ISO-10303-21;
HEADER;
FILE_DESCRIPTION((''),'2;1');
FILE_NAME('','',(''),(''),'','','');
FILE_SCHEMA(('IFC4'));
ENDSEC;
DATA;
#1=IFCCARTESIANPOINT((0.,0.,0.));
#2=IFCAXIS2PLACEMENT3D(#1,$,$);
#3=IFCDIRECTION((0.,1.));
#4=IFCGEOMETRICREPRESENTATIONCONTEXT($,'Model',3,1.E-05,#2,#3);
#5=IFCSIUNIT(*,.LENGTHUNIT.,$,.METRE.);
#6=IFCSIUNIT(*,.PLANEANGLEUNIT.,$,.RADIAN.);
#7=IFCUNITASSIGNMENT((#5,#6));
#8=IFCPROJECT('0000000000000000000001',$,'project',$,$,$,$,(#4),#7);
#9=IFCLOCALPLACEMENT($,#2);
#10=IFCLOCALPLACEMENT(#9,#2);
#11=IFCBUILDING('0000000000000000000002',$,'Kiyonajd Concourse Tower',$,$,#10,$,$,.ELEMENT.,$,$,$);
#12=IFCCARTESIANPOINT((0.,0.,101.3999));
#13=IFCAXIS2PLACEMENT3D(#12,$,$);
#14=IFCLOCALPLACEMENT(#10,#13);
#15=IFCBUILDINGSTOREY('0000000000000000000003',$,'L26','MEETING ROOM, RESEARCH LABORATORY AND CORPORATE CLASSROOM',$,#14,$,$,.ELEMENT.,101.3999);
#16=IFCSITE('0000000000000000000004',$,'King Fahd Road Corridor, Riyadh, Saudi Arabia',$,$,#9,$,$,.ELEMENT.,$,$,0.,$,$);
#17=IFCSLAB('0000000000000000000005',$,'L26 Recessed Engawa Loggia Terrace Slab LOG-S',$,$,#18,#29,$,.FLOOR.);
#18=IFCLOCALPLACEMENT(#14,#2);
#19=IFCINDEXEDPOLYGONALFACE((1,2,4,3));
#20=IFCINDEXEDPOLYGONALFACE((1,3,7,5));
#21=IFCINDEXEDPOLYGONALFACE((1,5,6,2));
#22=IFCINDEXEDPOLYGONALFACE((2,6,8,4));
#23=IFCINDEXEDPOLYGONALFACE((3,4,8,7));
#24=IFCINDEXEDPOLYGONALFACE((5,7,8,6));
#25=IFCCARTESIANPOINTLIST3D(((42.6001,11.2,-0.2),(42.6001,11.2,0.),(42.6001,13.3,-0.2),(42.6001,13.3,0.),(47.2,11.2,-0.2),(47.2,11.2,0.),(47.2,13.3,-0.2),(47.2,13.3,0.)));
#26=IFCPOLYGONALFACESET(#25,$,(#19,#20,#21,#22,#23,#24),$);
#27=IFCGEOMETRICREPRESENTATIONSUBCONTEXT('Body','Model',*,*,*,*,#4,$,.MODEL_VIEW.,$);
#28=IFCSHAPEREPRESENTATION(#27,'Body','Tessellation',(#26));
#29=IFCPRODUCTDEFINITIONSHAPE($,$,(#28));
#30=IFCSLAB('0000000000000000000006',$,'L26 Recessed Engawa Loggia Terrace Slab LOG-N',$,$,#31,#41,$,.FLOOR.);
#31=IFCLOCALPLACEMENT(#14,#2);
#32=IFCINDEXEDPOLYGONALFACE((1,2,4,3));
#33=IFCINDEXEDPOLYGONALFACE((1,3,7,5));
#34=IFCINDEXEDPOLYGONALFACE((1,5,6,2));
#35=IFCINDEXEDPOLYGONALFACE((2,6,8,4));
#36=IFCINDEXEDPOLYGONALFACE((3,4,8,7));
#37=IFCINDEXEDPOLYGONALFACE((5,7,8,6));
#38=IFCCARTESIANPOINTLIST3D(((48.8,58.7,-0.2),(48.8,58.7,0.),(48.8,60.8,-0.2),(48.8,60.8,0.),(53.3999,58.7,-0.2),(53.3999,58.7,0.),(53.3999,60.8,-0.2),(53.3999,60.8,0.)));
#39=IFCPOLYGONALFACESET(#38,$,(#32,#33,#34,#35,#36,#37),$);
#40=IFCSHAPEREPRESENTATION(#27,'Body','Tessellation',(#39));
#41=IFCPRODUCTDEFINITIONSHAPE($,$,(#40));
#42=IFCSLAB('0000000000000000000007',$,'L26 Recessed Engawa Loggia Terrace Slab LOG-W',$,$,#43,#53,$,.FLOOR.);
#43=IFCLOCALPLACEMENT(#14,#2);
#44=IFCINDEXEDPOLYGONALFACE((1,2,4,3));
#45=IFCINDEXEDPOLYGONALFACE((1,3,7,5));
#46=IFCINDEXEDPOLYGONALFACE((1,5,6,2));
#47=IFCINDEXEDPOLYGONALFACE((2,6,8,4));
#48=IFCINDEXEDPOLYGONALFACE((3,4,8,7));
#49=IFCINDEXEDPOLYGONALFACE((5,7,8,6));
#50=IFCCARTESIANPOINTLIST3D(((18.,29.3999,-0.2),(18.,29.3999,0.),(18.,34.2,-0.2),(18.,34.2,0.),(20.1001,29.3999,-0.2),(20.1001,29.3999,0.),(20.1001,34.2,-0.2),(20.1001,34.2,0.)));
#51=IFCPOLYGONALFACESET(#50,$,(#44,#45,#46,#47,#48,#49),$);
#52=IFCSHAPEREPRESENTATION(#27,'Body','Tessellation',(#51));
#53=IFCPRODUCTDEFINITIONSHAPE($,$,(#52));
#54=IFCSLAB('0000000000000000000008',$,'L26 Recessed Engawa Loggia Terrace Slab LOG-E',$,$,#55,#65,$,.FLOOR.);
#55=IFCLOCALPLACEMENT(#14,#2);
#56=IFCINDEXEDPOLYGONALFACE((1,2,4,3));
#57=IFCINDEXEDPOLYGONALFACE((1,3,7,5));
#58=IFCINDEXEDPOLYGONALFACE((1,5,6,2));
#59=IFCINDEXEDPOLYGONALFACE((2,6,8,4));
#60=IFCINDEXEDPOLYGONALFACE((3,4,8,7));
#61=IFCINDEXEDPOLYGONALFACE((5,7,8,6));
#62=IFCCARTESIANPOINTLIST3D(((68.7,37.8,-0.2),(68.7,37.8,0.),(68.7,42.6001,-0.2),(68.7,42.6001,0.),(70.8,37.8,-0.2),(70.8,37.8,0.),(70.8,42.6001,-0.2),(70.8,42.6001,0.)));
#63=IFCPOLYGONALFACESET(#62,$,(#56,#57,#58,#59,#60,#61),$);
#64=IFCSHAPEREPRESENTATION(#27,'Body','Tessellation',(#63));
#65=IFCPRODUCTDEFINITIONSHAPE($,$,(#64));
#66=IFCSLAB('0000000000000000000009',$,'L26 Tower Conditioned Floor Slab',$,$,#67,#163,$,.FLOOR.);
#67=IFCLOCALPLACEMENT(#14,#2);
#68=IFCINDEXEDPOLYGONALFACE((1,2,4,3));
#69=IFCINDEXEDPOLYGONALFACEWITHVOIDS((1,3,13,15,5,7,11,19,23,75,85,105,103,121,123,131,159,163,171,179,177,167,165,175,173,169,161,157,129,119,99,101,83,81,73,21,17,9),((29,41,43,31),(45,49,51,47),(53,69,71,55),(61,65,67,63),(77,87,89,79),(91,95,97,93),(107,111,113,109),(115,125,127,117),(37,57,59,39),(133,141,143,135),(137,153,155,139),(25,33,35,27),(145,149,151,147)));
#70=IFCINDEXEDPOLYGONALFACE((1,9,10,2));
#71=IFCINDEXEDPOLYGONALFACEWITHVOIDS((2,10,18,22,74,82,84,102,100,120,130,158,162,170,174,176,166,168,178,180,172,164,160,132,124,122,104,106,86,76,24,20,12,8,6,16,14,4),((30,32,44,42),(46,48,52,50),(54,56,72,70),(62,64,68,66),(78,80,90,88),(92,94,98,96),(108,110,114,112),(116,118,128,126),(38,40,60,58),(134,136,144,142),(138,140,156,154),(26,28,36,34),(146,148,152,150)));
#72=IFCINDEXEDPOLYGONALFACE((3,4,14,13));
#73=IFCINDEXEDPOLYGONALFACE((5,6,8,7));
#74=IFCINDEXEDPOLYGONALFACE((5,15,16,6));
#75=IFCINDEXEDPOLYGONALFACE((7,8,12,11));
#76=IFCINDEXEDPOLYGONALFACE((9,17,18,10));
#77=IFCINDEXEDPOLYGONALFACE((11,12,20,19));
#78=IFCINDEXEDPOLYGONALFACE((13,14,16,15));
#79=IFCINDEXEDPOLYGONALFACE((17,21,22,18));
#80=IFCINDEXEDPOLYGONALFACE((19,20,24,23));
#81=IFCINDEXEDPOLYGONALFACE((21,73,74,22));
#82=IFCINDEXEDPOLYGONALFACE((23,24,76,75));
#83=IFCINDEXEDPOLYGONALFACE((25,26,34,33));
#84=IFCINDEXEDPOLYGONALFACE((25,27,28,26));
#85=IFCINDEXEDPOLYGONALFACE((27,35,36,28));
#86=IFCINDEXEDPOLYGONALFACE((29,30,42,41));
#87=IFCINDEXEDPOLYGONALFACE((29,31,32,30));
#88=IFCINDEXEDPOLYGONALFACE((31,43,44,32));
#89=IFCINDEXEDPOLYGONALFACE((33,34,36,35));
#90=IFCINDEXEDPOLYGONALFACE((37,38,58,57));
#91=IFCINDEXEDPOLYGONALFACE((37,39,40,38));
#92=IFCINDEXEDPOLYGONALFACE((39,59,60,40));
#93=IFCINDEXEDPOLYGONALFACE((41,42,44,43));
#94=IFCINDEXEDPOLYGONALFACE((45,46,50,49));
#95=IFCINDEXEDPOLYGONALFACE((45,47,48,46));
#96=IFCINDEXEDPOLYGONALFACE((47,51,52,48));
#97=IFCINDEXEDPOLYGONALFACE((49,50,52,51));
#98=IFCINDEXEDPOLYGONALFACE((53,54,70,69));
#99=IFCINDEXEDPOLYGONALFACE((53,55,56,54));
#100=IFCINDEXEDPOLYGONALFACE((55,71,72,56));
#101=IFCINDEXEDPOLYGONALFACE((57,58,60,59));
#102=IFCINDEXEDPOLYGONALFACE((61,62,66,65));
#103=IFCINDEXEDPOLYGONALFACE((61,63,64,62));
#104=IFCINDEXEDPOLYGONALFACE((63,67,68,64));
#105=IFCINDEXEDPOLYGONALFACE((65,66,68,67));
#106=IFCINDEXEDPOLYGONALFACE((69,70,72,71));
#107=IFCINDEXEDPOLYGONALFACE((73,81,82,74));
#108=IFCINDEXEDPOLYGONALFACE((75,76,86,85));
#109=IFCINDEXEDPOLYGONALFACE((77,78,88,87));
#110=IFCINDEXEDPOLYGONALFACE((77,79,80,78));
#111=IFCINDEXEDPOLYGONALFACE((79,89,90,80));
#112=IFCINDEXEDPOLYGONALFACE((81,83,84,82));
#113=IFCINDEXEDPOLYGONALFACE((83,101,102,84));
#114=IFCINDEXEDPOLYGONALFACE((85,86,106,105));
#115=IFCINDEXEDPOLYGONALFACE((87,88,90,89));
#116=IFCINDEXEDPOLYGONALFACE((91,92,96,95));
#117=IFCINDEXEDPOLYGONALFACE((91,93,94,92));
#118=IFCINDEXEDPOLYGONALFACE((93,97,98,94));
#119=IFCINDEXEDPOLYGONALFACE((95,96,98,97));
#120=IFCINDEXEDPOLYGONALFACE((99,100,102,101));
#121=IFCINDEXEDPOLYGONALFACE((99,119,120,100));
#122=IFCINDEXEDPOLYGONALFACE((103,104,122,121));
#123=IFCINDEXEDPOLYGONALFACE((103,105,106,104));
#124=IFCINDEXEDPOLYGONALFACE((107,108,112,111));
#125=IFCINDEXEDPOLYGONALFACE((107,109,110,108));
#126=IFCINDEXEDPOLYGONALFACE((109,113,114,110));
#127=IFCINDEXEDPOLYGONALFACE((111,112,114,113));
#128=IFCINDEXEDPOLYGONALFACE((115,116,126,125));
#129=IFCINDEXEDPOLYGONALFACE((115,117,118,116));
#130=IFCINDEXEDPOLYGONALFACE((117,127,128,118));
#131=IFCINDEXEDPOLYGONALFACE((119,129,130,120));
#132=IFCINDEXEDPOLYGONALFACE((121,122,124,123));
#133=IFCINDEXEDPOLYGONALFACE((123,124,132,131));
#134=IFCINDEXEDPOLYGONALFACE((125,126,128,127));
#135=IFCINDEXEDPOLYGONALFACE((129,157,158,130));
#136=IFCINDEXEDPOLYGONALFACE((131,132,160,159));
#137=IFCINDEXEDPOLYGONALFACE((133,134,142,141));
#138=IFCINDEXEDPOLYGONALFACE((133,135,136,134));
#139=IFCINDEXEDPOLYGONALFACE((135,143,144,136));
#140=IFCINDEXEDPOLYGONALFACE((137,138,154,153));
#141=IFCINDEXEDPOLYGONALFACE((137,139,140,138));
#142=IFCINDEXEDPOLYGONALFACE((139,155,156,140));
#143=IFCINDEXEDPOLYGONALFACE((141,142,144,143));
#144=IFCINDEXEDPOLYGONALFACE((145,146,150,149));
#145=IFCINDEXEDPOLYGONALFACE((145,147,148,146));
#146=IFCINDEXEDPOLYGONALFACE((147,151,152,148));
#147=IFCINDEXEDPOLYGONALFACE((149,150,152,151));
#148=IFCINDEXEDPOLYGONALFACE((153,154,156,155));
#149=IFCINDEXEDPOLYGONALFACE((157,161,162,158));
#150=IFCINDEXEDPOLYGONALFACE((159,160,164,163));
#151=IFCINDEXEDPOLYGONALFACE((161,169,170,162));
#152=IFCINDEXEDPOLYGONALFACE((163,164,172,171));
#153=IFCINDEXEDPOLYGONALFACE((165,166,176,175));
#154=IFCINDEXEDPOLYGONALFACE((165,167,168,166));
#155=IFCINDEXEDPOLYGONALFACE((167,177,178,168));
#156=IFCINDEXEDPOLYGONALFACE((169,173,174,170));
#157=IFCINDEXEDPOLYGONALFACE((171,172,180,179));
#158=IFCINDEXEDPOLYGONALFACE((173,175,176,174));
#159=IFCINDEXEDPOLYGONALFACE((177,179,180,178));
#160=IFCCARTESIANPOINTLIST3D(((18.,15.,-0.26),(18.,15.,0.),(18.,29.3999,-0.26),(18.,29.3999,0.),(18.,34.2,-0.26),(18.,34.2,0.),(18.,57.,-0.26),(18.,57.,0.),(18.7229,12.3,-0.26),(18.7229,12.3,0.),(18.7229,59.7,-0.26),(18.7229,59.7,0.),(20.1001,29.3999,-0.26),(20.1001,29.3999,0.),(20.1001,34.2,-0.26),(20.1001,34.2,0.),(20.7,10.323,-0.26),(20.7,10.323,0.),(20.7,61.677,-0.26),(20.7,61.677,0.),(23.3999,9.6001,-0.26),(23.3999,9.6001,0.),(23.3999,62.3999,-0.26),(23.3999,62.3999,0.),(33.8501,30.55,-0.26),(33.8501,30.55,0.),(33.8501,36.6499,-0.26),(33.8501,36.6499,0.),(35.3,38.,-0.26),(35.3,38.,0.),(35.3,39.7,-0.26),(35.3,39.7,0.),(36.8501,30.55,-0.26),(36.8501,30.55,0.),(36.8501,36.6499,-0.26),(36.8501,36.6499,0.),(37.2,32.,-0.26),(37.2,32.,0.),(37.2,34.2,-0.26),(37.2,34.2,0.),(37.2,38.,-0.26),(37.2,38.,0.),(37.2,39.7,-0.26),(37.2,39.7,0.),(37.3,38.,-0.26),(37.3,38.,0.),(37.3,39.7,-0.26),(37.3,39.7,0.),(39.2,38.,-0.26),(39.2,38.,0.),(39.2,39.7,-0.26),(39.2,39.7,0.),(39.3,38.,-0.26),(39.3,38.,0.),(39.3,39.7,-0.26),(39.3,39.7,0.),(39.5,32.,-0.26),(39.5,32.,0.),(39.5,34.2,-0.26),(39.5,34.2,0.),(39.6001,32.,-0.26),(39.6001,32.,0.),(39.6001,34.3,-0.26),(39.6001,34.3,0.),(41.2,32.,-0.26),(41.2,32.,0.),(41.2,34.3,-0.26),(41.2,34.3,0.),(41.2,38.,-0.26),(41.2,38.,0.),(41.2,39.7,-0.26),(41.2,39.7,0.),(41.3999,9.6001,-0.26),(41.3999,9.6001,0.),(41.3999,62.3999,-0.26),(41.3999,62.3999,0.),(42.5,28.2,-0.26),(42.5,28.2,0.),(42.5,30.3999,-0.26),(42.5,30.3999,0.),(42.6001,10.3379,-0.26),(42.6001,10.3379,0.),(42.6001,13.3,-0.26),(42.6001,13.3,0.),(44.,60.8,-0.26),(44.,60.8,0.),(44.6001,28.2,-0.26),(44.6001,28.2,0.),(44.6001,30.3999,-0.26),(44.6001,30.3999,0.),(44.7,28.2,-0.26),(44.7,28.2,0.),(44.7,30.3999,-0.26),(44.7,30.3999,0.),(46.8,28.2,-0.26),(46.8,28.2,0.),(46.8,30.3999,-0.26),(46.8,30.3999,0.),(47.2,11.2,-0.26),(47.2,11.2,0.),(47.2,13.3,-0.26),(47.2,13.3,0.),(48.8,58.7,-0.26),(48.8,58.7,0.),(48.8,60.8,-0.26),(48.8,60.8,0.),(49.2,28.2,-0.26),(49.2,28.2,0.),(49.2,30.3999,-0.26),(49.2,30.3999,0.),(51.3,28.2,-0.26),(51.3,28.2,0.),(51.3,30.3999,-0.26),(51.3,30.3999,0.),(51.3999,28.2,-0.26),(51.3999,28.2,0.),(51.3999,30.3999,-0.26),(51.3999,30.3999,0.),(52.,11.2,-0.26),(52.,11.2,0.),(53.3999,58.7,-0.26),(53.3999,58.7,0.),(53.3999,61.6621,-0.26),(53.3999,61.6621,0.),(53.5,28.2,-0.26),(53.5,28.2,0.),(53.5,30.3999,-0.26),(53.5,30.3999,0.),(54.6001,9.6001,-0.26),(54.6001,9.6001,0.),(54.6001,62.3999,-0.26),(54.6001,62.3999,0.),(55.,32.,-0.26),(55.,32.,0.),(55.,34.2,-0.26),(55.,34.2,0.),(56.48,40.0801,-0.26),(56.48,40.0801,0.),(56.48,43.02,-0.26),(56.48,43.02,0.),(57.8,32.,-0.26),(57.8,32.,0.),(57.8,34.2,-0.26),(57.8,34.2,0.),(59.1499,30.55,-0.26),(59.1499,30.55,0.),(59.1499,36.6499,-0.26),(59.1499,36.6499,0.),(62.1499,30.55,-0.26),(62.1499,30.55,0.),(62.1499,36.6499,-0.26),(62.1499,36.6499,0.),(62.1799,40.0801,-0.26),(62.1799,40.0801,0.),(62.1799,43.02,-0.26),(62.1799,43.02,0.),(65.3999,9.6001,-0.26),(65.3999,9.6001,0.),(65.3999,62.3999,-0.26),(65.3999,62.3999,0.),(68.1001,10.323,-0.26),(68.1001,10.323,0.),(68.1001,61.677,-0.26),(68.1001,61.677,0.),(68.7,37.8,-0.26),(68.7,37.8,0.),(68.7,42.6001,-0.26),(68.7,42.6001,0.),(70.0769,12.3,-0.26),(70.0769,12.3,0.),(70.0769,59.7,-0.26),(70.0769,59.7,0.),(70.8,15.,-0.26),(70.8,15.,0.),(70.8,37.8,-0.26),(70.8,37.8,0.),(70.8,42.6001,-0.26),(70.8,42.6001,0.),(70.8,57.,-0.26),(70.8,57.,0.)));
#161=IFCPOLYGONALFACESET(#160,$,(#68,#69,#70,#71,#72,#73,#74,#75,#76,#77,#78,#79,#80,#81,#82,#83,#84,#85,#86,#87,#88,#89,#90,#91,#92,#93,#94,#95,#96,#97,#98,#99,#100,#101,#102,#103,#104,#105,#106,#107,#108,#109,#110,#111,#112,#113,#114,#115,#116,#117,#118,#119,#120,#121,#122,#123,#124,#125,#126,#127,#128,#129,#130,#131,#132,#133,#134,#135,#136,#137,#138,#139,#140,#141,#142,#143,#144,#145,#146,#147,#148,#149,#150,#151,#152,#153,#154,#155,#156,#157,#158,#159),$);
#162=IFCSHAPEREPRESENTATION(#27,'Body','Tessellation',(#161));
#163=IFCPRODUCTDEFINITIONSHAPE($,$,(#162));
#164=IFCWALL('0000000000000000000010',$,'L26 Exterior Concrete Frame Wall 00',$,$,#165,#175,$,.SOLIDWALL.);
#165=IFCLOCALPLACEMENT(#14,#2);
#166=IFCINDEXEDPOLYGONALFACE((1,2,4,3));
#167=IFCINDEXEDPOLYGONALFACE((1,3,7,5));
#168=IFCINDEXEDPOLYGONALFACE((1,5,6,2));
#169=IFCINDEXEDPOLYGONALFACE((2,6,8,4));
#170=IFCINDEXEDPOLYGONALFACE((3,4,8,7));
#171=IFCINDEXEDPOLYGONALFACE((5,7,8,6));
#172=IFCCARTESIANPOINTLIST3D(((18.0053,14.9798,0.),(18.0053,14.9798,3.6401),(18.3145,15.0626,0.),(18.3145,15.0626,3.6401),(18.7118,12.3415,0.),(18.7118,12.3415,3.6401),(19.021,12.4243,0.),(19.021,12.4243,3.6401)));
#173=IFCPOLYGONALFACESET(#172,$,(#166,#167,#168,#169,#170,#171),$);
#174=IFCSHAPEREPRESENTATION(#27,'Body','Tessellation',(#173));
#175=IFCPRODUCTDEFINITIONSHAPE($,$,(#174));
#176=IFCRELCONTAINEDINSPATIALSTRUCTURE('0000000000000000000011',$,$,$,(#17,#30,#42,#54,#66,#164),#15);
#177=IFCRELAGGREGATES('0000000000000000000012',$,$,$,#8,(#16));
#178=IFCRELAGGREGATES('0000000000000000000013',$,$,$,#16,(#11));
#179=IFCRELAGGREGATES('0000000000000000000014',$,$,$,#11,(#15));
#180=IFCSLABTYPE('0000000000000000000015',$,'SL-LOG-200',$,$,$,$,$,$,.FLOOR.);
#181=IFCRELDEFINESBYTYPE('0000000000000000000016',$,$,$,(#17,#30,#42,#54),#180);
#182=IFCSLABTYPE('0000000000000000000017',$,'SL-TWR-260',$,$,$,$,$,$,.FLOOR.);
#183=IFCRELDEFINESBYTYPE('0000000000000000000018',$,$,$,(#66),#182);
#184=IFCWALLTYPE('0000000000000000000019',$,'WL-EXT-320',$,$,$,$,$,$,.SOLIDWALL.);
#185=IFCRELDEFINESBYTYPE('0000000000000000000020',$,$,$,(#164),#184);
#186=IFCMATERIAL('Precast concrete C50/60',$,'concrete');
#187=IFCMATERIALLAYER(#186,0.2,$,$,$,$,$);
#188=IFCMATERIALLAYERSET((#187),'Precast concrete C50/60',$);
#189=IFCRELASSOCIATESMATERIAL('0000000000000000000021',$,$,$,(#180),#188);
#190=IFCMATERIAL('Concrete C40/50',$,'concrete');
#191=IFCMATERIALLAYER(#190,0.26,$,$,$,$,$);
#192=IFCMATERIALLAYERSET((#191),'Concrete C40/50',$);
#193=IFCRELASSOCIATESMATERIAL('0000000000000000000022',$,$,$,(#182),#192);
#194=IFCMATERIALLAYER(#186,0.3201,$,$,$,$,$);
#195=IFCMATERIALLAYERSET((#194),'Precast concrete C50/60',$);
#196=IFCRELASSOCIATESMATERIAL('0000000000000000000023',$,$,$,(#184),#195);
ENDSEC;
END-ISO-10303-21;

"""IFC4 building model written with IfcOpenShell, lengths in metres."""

from ifc_helpers import new_model, si_unit, direction, frame, frame_2d, origin, place, context, subcontext, project, spatial, polyline, rectangle, outline, extrude, material, layer, layer_set, type_object, element, save


model = new_model("IFC4")

# Units and contexts
model_context = context("Model", 3, precision=1e-05, world=origin(), true_north=direction((0.0, 1.0)))
body_context = subcontext(model_context, "Body", "Model", "MODEL_VIEW")
ifc_project = project(units=[si_unit("LENGTHUNIT", "METRE"), si_unit("PLANEANGLEUNIT", "RADIAN")], contexts=[model_context])

# Site, building, storey
site_placement = place(None, origin())
site = spatial("IfcSite", under=ifc_project, at=site_placement, Name="King Fahd Road Corridor, Riyadh, Saudi Arabia", CompositionType="ELEMENT", RefElevation=0.0)
building_placement = place(site_placement, origin())
building = spatial("IfcBuilding", under=site, at=building_placement, Name="Kiyonajd Concourse Tower", CompositionType="ELEMENT")
storey_placement = place(building_placement, frame((0.0, 0.0, 101.3999)))
storey = spatial("IfcBuildingStorey", under=building, at=storey_placement, Name="L26", Description="MEETING ROOM, RESEARCH LABORATORY AND CORPORATE CLASSROOM", CompositionType="ELEMENT", Elevation=101.3999)

# Shared definitions
ifc_material_1 = material(Name="Precast concrete C50/60", Category="concrete")

# Shared definitions
ifc_material_2 = material(Name="Concrete C40/50", Category="concrete")

# Slabs
ifc_layer_1 = layer(ifc_material_1, 0.2)
ifc_layer_set_1 = layer_set([ifc_layer_1], Name="Precast concrete C50/60")
slab_type_1 = type_object("IfcSlabType", Name="SL-LOG-200", PredefinedType="FLOOR", material=ifc_layer_set_1)
slab_1_placement = place(storey_placement, frame((0.0, 0.0, -0.2)))
element("IfcSlab", 1, at=slab_1_placement, inside=storey, type_object=slab_type_1, Name="L26 Recessed Engawa Loggia Terrace Slab LOG-S", PredefinedType="FLOOR", context=body_context, shape_type="SweptSolid", body=[
    extrude(outline(polyline([(42.6001, 11.2), (47.2, 11.2), (47.2, 13.3), (42.6001, 13.3), (42.6001, 11.2)])), origin(), (0.0, 0.0, 1.0), 0.2),
])
slab_2_placement = place(storey_placement, frame((0.0, 0.0, -0.2)))
element("IfcSlab", 2, at=slab_2_placement, inside=storey, type_object=slab_type_1, Name="L26 Recessed Engawa Loggia Terrace Slab LOG-N", PredefinedType="FLOOR", context=body_context, shape_type="SweptSolid", body=[
    extrude(outline(polyline([(48.8, 58.7), (53.3999, 58.7), (53.3999, 60.8), (48.8, 60.8), (48.8, 58.7)])), origin(), (0.0, 0.0, 1.0), 0.2),
])
slab_3_placement = place(storey_placement, frame((0.0, 0.0, -0.2)))
element("IfcSlab", 3, at=slab_3_placement, inside=storey, type_object=slab_type_1, Name="L26 Recessed Engawa Loggia Terrace Slab LOG-W", PredefinedType="FLOOR", context=body_context, shape_type="SweptSolid", body=[
    extrude(outline(polyline([(18.0, 29.3999), (20.1001, 29.3999), (20.1001, 34.2), (18.0, 34.2), (18.0, 29.3999)])), origin(), (0.0, 0.0, 1.0), 0.2),
])
slab_4_placement = place(storey_placement, frame((0.0, 0.0, -0.2)))
element("IfcSlab", 4, at=slab_4_placement, inside=storey, type_object=slab_type_1, Name="L26 Recessed Engawa Loggia Terrace Slab LOG-E", PredefinedType="FLOOR", context=body_context, shape_type="SweptSolid", body=[
    extrude(outline(polyline([(68.7, 37.8), (70.8, 37.8), (70.8, 42.6001), (68.7, 42.6001), (68.7, 37.8)])), origin(), (0.0, 0.0, 1.0), 0.2),
])
ifc_layer_2 = layer(ifc_material_2, 0.26)
ifc_layer_set_2 = layer_set([ifc_layer_2], Name="Concrete C40/50")
slab_type_2 = type_object("IfcSlabType", Name="SL-TWR-260", PredefinedType="FLOOR", material=ifc_layer_set_2)
slab_5_placement = place(storey_placement, frame((0.0, 0.0, -0.26)))
element("IfcSlab", 5, at=slab_5_placement, inside=storey, type_object=slab_type_2, Name="L26 Tower Conditioned Floor Slab", PredefinedType="FLOOR", context=body_context, shape_type="SweptSolid", body=[
    extrude(outline(polyline([(18.7229, 12.3), (18.0, 15.0), (18.0, 29.3999), (20.1001, 29.3999), (20.1001, 34.2), (18.0, 34.2), (18.0, 57.0), (18.7229, 59.7), (20.7, 61.677), (23.3999, 62.3999), (41.3999, 62.3999), (44.0, 60.8), (48.8, 60.8), (48.8, 58.7), (53.3999, 58.7), (53.3999, 61.6621), (54.6001, 62.3999), (65.3999, 62.3999), (68.1001, 61.677), (70.0769, 59.7), (70.8, 57.0), (70.8, 42.6001), (68.7, 42.6001), (68.7, 37.8), (70.8, 37.8), (70.8, 15.0), (70.0769, 12.3), (68.1001, 10.323), (65.3999, 9.6001), (54.6001, 9.6001), (52.0, 11.2), (47.2, 11.2), (47.2, 13.3), (42.6001, 13.3), (42.6001, 10.3379), (41.3999, 9.6001), (23.3999, 9.6001), (20.7, 10.323), (18.7229, 12.3)]), holes=[polyline([(44.6001, 28.2), (42.5, 28.2), (42.5, 30.3999), (44.6001, 30.3999), (44.6001, 28.2)]), polyline([(37.2, 32.0), (37.2, 34.2), (39.5, 34.2), (39.5, 32.0), (37.2, 32.0)]), polyline([(39.6001, 32.0), (39.6001, 34.3), (41.2, 34.3), (41.2, 32.0), (39.6001, 32.0)]), polyline([(36.8501, 30.55), (33.8501, 30.55), (33.8501, 36.6499), (36.8501, 36.6499), (36.8501, 30.55)]), polyline([(35.3, 38.0), (35.3, 39.7), (37.2, 39.7), (37.2, 38.0), (35.3, 38.0)]), polyline([(37.3, 38.0), (37.3, 39.7), (39.2, 39.7), (39.2, 38.0), (37.3, 38.0)]), polyline([(41.2, 38.0), (39.3, 38.0), (39.3, 39.7), (41.2, 39.7), (41.2, 38.0)]), polyline([(44.7, 28.2), (44.7, 30.3999), (46.8, 30.3999), (46.8, 28.2), (44.7, 28.2)]), polyline([(49.2, 28.2), (49.2, 30.3999), (51.3, 30.3999), (51.3, 28.2), (49.2, 28.2)]), polyline([(51.3999, 28.2), (51.3999, 30.3999), (53.5, 30.3999), (53.5, 28.2), (51.3999, 28.2)]), polyline([(55.0, 32.0), (55.0, 34.2), (57.8, 34.2), (57.8, 32.0), (55.0, 32.0)]), polyline([(59.1499, 30.55), (59.1499, 36.6499), (62.1499, 36.6499), (62.1499, 30.55), (59.1499, 30.55)]), polyline([(56.48, 43.02), (62.1799, 43.02), (62.1799, 40.0801), (56.48, 40.0801), (56.48, 43.02)])]), origin(), (0.0, 0.0, 1.0), 0.26),
])

# Wall
ifc_layer_3 = layer(ifc_material_1, 0.3201)
ifc_layer_set_3 = layer_set([ifc_layer_3], Name="Precast concrete C50/60")
wall_type_1 = type_object("IfcWallType", Name="WL-EXT-320", PredefinedType="SOLIDWALL", material=ifc_layer_set_3)
wall_1_placement = place(storey_placement, frame((18.8665, 12.3828, 0.0), z_axis=(0.0, 0.0, 1.0), x_axis=(-0.258697, 0.965958, 0.0)))
element("IfcWall", 6, at=wall_1_placement, inside=storey, type_object=wall_type_1, Name="L26 Exterior Concrete Frame Wall 00", PredefinedType="SOLIDWALL", context=body_context, shape_type="SweptSolid", body=[
    extrude(rectangle(XDim=2.7312, YDim=0.3201, at=frame_2d((1.3657, 0.0))), origin(), (0.0, 0.0, 1.0), 3.6401),
])

save(model, "model.ifc")
